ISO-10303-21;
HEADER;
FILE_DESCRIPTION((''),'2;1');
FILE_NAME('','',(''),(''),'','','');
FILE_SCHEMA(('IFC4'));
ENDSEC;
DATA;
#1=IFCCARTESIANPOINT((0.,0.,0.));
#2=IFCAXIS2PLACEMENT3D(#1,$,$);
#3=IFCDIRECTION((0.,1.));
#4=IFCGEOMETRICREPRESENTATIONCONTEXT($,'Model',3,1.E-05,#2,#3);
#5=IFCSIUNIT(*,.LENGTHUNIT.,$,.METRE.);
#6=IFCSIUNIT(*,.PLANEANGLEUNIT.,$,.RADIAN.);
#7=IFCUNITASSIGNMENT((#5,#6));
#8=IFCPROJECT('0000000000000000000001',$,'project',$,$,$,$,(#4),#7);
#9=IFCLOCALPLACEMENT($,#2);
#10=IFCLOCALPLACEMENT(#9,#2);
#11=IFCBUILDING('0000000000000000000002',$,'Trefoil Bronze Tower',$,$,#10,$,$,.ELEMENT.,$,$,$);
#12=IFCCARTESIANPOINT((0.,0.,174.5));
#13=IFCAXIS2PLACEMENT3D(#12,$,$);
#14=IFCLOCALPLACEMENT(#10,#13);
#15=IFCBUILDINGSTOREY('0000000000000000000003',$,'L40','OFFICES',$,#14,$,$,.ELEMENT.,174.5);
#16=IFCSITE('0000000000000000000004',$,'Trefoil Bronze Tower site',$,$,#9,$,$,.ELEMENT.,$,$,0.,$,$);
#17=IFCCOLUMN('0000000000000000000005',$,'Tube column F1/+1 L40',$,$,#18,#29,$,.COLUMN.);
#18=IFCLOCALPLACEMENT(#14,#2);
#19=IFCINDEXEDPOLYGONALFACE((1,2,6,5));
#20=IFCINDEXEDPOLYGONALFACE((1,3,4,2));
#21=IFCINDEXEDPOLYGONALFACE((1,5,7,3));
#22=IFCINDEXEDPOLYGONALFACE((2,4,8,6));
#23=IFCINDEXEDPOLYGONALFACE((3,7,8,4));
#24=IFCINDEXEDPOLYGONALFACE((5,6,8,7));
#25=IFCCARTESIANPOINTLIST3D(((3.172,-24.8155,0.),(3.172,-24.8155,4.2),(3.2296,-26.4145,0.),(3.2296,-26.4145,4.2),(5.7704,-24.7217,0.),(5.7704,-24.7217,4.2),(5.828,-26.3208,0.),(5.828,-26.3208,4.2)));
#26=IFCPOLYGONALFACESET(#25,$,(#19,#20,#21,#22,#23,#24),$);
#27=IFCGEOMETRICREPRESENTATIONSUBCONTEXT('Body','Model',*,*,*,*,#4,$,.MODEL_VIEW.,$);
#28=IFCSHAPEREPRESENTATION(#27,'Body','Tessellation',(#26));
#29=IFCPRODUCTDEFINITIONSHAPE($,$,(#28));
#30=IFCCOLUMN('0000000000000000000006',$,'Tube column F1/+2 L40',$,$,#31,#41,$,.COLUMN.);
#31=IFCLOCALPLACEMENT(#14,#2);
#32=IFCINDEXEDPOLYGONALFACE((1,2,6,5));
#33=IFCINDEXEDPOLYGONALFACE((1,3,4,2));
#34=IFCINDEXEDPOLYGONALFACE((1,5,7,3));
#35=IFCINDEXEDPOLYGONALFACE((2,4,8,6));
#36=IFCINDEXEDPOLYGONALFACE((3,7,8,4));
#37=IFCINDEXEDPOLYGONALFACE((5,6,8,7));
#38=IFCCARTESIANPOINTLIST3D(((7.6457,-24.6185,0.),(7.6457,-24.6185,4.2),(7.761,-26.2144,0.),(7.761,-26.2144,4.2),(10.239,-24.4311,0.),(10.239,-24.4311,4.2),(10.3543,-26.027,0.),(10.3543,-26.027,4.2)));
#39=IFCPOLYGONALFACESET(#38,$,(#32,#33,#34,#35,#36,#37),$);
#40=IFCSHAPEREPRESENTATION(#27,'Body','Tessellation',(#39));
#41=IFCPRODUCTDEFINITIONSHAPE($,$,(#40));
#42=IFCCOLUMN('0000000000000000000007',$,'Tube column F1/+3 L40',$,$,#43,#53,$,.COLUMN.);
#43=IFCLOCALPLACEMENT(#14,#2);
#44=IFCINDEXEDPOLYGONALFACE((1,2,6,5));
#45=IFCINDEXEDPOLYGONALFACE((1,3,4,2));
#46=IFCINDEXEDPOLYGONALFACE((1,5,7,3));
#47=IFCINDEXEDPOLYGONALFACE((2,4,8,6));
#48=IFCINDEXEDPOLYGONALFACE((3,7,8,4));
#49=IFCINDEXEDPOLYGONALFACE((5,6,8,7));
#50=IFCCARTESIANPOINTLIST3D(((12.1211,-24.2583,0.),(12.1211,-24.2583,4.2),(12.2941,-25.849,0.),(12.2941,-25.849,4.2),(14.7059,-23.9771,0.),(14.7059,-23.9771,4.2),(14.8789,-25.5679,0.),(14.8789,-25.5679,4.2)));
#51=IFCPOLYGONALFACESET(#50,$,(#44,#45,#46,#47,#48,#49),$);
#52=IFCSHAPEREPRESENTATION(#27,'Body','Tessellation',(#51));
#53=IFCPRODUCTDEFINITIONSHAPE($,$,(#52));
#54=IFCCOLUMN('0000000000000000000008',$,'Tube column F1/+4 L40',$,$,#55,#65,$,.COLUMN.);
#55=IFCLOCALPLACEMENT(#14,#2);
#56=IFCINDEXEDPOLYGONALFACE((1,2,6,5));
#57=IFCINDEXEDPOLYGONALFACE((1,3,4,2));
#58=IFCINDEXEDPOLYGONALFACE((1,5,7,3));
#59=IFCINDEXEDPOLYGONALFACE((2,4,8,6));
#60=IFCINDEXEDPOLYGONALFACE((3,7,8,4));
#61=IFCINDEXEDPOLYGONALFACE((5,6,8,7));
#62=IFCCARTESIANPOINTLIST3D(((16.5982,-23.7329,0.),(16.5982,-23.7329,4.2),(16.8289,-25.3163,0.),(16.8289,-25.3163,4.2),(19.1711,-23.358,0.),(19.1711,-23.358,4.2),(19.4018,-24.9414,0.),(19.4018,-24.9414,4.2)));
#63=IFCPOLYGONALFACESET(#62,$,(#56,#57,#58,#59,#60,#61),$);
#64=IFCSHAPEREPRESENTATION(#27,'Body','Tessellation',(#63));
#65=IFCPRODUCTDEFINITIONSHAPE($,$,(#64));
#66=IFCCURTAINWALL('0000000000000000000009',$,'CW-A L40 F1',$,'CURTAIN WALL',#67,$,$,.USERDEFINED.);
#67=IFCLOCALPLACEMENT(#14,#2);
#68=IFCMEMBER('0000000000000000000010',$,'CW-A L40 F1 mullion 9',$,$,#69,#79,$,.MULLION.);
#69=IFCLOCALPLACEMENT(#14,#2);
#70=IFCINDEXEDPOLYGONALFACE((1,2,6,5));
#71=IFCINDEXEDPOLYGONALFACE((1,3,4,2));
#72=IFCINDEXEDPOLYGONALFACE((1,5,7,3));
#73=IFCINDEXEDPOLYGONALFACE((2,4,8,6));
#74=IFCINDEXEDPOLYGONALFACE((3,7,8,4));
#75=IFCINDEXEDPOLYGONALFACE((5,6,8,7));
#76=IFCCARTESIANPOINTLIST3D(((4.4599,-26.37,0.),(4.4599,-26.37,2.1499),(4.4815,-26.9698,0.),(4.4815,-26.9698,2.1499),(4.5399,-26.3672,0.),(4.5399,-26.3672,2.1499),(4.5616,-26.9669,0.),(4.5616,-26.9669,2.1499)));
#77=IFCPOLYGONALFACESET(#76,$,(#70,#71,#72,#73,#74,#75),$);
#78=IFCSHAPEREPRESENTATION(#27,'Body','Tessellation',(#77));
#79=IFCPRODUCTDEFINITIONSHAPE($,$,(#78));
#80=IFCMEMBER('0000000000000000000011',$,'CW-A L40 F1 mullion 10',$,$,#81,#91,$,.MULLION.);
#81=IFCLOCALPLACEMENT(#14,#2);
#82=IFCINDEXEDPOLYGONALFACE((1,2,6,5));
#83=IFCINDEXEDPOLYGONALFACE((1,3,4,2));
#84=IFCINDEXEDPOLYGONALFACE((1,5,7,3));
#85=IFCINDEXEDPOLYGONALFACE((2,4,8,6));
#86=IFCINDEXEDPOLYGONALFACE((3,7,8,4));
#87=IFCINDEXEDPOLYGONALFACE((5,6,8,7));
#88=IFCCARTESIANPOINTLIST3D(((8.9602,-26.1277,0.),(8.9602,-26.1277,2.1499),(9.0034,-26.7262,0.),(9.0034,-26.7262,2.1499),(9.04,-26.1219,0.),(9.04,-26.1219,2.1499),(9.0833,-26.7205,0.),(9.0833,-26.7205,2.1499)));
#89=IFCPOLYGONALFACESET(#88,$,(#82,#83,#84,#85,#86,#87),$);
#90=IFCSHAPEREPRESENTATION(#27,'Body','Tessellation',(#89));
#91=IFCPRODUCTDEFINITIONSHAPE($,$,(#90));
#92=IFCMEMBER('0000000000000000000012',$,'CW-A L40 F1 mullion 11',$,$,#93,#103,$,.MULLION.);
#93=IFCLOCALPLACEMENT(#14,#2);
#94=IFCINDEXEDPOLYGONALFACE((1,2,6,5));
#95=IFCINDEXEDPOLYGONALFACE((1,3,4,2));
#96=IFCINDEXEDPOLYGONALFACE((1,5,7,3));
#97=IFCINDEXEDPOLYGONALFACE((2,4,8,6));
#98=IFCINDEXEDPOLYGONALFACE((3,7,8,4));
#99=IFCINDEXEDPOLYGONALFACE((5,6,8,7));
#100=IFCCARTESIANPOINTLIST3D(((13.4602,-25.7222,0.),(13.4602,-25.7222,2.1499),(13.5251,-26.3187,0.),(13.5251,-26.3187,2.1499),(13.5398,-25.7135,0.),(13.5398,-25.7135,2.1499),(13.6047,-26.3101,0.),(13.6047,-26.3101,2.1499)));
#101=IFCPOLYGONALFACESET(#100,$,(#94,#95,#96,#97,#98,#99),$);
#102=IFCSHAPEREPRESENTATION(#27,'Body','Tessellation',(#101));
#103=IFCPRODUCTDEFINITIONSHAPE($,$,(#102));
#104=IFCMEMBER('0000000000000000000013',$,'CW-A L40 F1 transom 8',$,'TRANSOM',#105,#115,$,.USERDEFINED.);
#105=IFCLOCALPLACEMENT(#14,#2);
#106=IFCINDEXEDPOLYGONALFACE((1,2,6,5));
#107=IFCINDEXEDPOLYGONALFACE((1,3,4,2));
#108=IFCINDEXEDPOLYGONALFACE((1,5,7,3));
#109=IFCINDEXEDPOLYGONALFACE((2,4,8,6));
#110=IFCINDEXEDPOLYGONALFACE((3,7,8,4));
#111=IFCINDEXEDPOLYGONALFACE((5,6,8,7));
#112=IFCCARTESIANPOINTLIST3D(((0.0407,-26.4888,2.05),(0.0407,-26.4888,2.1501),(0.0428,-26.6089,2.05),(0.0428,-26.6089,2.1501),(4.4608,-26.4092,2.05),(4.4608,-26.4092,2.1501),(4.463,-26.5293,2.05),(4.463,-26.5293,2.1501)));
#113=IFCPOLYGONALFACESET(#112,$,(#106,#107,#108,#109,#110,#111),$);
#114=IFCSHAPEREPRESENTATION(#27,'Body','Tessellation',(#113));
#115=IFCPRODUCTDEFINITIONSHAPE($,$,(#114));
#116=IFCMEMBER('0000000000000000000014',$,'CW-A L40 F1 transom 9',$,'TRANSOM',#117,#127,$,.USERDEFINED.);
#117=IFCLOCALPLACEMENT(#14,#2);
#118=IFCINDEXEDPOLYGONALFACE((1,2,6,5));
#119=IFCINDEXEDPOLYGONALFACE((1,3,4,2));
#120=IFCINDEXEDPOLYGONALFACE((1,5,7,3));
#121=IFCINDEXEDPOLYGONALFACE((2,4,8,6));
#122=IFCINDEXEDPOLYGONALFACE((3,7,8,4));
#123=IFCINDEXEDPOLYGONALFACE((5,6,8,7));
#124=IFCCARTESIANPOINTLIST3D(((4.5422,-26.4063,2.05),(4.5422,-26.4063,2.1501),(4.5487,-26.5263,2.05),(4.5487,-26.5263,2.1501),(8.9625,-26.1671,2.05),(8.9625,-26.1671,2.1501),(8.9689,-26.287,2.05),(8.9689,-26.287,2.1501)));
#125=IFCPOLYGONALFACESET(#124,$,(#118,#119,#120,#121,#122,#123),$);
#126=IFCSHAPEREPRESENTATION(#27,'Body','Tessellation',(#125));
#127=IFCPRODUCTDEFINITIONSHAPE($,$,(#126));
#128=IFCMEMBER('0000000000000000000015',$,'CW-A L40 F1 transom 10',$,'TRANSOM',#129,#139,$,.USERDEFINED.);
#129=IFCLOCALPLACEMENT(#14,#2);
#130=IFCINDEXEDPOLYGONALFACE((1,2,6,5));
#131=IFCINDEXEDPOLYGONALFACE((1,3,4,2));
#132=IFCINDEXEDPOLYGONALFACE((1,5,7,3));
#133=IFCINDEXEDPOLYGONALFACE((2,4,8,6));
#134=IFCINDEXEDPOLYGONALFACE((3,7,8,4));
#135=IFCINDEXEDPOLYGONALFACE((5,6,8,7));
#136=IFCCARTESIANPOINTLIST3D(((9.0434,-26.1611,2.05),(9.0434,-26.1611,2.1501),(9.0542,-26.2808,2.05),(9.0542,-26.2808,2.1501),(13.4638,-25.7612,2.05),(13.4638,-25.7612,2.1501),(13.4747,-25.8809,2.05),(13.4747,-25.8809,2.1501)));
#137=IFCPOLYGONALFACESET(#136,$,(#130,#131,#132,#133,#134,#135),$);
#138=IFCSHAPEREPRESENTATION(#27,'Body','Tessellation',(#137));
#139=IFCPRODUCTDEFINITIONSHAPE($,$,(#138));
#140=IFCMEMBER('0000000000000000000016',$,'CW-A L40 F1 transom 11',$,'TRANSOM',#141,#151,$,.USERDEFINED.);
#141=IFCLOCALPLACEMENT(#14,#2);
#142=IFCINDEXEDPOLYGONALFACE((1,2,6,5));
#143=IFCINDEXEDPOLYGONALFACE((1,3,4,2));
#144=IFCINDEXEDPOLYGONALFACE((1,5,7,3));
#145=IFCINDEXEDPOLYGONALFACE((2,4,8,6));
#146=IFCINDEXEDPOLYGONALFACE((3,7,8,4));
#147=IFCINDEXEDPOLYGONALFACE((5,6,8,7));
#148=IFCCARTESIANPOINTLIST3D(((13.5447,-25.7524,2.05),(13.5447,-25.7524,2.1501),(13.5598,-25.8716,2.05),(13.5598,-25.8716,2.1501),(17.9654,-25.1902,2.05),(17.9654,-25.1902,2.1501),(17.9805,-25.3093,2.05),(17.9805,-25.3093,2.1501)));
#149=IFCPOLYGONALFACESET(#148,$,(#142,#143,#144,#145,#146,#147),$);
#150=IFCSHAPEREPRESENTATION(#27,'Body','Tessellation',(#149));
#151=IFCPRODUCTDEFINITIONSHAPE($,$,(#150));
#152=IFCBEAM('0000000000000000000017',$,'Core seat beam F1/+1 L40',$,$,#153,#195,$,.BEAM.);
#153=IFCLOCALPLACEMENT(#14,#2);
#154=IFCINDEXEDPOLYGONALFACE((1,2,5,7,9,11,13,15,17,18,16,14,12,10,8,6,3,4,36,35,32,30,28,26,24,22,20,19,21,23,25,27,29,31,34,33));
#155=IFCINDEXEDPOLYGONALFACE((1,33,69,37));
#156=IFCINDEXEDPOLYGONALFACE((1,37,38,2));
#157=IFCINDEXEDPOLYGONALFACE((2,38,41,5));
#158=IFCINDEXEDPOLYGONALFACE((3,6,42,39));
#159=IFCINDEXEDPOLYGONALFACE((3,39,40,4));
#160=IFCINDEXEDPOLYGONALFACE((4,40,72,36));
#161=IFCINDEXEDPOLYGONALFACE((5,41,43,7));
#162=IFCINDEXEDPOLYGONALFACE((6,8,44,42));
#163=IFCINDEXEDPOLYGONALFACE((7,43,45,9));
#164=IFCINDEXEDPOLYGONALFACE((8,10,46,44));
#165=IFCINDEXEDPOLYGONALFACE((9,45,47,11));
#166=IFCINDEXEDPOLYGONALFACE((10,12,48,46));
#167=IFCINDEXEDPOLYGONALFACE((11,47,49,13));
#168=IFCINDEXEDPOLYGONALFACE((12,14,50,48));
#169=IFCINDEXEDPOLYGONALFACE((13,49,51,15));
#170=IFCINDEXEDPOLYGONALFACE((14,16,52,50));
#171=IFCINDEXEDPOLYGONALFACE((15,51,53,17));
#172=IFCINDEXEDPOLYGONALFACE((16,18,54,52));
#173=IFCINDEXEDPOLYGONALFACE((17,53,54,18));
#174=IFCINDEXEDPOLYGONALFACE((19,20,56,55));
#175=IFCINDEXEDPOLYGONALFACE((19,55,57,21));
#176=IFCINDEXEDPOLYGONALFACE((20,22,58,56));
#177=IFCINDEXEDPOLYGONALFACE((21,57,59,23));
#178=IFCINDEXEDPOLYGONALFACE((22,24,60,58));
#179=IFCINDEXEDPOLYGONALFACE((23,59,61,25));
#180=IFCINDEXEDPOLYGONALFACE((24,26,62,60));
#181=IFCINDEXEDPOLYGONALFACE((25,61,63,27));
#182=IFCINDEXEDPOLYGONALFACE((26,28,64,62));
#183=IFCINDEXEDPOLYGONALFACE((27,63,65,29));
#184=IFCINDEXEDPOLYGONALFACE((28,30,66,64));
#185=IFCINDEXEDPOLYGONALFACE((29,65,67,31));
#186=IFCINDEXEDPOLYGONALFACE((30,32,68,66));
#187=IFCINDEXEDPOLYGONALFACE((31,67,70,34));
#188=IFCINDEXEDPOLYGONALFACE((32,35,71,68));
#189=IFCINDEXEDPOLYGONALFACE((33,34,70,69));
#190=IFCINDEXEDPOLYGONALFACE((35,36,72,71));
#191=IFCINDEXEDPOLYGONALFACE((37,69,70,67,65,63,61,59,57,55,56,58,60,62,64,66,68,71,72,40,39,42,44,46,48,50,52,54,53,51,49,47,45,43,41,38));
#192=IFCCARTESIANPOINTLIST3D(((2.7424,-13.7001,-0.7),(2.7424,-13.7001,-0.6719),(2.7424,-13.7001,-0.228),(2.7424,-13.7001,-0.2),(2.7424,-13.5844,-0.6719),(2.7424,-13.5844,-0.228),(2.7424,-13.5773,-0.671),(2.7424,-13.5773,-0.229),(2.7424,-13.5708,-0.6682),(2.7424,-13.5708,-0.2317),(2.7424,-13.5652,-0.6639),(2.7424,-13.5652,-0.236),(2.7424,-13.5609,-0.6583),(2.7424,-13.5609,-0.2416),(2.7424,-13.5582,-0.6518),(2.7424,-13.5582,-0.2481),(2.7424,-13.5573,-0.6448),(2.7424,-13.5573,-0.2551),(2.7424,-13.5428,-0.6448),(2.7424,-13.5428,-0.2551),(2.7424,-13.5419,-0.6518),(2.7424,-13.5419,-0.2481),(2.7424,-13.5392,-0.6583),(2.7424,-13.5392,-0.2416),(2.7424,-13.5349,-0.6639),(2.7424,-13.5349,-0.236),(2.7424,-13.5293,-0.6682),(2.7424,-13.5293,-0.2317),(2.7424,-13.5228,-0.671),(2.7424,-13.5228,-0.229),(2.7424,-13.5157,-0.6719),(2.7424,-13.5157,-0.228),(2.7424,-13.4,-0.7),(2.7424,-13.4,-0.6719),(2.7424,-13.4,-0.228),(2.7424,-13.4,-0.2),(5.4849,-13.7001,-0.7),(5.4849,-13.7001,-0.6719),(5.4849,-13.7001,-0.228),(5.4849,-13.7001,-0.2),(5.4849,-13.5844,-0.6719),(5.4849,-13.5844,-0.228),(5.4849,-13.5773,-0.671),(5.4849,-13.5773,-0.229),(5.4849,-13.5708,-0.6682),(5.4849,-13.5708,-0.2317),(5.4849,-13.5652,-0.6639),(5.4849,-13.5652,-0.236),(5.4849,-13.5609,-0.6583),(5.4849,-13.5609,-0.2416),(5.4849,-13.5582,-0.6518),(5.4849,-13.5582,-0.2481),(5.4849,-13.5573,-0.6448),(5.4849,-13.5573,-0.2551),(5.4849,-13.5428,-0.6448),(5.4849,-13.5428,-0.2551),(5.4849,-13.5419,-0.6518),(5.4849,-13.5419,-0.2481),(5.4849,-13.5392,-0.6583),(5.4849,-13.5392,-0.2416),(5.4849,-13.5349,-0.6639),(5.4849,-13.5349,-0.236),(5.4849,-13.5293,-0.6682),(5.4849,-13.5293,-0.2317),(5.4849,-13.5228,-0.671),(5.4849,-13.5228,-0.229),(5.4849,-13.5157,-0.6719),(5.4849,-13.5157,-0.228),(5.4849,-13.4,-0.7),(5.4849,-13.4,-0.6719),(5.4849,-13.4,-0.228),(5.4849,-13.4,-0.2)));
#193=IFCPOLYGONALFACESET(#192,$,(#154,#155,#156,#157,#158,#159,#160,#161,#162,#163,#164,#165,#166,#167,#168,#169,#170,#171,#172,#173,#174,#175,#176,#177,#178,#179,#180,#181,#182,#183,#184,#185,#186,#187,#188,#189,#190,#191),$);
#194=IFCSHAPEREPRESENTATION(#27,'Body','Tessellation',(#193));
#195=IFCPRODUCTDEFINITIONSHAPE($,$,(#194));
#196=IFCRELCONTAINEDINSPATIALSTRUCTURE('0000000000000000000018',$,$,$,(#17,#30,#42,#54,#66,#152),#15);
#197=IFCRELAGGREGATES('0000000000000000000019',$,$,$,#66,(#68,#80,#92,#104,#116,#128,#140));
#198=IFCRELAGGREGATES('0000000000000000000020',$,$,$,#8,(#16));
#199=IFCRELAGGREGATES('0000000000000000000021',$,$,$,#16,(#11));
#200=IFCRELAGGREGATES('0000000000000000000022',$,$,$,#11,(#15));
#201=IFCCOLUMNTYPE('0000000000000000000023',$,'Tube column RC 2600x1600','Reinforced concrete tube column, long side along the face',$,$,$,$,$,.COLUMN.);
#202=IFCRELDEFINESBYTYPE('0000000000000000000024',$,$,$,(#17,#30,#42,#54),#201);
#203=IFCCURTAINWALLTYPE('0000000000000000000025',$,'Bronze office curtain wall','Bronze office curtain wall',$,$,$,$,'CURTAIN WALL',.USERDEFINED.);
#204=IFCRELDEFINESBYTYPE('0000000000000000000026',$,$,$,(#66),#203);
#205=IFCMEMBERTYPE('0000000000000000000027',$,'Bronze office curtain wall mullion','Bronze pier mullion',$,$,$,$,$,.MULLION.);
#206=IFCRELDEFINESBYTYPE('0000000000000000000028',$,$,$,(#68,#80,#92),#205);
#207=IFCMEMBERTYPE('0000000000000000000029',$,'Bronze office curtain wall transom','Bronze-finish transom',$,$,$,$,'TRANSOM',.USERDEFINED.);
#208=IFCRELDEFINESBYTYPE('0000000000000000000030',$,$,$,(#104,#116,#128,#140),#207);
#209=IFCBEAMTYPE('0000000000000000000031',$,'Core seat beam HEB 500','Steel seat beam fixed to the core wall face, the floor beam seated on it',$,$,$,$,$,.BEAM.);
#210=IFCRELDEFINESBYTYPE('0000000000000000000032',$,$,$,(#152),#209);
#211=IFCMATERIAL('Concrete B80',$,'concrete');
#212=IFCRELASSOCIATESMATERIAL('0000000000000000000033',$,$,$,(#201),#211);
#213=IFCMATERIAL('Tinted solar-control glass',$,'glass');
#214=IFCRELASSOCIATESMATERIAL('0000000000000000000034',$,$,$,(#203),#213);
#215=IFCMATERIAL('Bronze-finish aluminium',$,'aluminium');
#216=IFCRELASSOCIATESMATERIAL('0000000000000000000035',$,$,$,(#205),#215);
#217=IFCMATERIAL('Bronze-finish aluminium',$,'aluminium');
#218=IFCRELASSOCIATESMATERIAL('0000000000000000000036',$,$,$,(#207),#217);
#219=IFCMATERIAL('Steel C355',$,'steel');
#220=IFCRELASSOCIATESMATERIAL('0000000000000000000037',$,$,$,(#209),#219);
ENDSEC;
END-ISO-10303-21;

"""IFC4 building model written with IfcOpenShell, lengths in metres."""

from ifc_helpers import new_model, si_unit, direction, frame, origin, origin_2d, place, context, subcontext, project, spatial, rectangle, i_section, extrude, material, material_profile, profile_set, type_object, element, aggregate, save


model = new_model("IFC4")

# Units and contexts
model_context = context("Model", 3, precision=1e-05, world=origin(), true_north=direction((0.0, 1.0)))
body_context = subcontext(model_context, "Body", "Model", "MODEL_VIEW")
ifc_project = project(units=[si_unit("LENGTHUNIT", "METRE"), si_unit("PLANEANGLEUNIT", "RADIAN")], contexts=[model_context])

# Site, building, storey
site_placement = place(None, origin())
site = spatial("IfcSite", under=ifc_project, at=site_placement, Name="Trefoil Bronze Tower site", CompositionType="ELEMENT", RefElevation=0.0)
building_placement = place(site_placement, origin())
building = spatial("IfcBuilding", under=site, at=building_placement, Name="Trefoil Bronze Tower", CompositionType="ELEMENT")
storey_placement = place(building_placement, frame((0.0, 0.0, 174.5)))
storey = spatial("IfcBuildingStorey", under=building, at=storey_placement, Name="L40", Description="OFFICES", CompositionType="ELEMENT", Elevation=174.5)

# Columns
ifc_material_1 = material(Name="Concrete B80", Category="concrete")
ifc_material_profile_1 = material_profile(ifc_material_1, rectangle(XDim=2.6001, YDim=1.6001, at=origin_2d()), Name="RC 2600x1600")
ifc_profile_set_1 = profile_set([ifc_material_profile_1], Name="Concrete B80")
column_type = type_object("IfcColumnType", Name="Tube column RC 2600x1600", Description="Reinforced concrete tube column, long side along the face", PredefinedType="COLUMN", material=ifc_profile_set_1)
for number, where, z_axis, x_axis, name in (
    (1, (4.5, -25.5681, 0.0), (0.0, 0.0, 1.0), (0.99935, 0.036048, 0.0), "Tube column F1/+1 L40"),
    (2, (9.0, -25.3228, 0.0), (0.0, 0.0, 1.0), (0.997398, 0.072096, 0.0), "Tube column F1/+2 L40"),
    (3, (13.5, -24.9131, 0.0), (0.0, 0.0, 1.0), (0.994135, 0.108144, 0.0), "Tube column F1/+3 L40"),
    (4, (18.0, -24.3372, 0.0), (0.0, 0.0, 1.0), (0.98955, 0.144192, 0.0), "Tube column F1/+4 L40"),
):
    element("IfcColumn", number, at=place(storey_placement, frame(where, z_axis=z_axis, x_axis=x_axis)), inside=storey, type_object=column_type, Name=name, PredefinedType="COLUMN", context=body_context, shape_type="SweptSolid", body=[
        extrude(rectangle(XDim=2.6001, YDim=1.6001, at=origin_2d()), origin(), (0.0, 0.0, 1.0), 4.2),
    ])

# Curtain wall, members
ifc_material_2 = material(Name="Tinted solar-control glass", Category="glass")
curtain_wall_type = type_object("IfcCurtainWallType", Name="Bronze office curtain wall", Description="Bronze office curtain wall", ElementType="CURTAIN WALL", PredefinedType="USERDEFINED", material=ifc_material_2)
curtain_wall_placement = place(storey_placement, origin())
curtain_wall = element("IfcCurtainWall", 5, at=curtain_wall_placement, inside=storey, type_object=curtain_wall_type, Name="CW-A L40 F1", ObjectType="CURTAIN WALL", PredefinedType="USERDEFINED")
ifc_material_3 = material(Name="Bronze-finish aluminium", Category="aluminium")
ifc_material_profile_2 = material_profile(ifc_material_3, rectangle(XDim=0.6001, YDim=0.0801, at=origin_2d()), Name="CW-A mullion")
ifc_profile_set_2 = profile_set([ifc_material_profile_2], Name="Bronze-finish aluminium")
member_type_1 = type_object("IfcMemberType", Name="Bronze office curtain wall mullion", Description="Bronze pier mullion", PredefinedType="MULLION", material=ifc_profile_set_2)
member_1_placement = place(storey_placement, frame((4.5107, -26.6685, 0.0), z_axis=(0.0, 0.0, 1.0), x_axis=(-0.036048, 0.99935, 0.0)))
member_1 = element("IfcMember", 6, at=member_1_placement, type_object=member_type_1, Name="CW-A L40 F1 mullion 9", PredefinedType="MULLION", context=body_context, shape_type="SweptSolid", body=[
    extrude(rectangle(XDim=0.6001, YDim=0.0801, at=origin_2d()), origin(), (0.0, 0.0, 1.0), 2.1499),
])
member_2_placement = place(storey_placement, frame((9.0217, -26.4241, 0.0), z_axis=(0.0, 0.0, 1.0), x_axis=(-0.072096, 0.997398, 0.0)))
member_2 = element("IfcMember", 7, at=member_2_placement, type_object=member_type_1, Name="CW-A L40 F1 mullion 10", PredefinedType="MULLION", context=body_context, shape_type="SweptSolid", body=[
    extrude(rectangle(XDim=0.6001, YDim=0.0801, at=origin_2d()), origin(), (0.0, 0.0, 1.0), 2.1499),
])
member_3_placement = place(storey_placement, frame((13.5325, -26.0161, 0.0), z_axis=(0.0, 0.0, 1.0), x_axis=(-0.108144, 0.994135, 0.0)))
member_3 = element("IfcMember", 8, at=member_3_placement, type_object=member_type_1, Name="CW-A L40 F1 mullion 11", PredefinedType="MULLION", context=body_context, shape_type="SweptSolid", body=[
    extrude(rectangle(XDim=0.6001, YDim=0.0801, at=origin_2d()), origin(), (0.0, 0.0, 1.0), 2.1499),
])
ifc_material_4 = material(Name="Bronze-finish aluminium", Category="aluminium")
ifc_material_profile_3 = material_profile(ifc_material_4, rectangle(XDim=0.1201, YDim=0.1001, at=origin_2d()), Name="CW-A transom")
ifc_profile_set_3 = profile_set([ifc_material_profile_3], Name="Bronze-finish aluminium")
member_type_2 = type_object("IfcMemberType", Name="Bronze office curtain wall transom", Description="Bronze-finish transom", ElementType="TRANSOM", PredefinedType="USERDEFINED", material=ifc_profile_set_3)
member_4_placement = place(storey_placement, frame((0.0417, -26.5488, 2.1001), z_axis=(0.999838, 0.018003, 0.0), x_axis=(-0.018003, 0.999838, 0.0)))
member_4 = element("IfcMember", 9, at=member_4_placement, type_object=member_type_2, Name="CW-A L40 F1 transom 8", ObjectType="TRANSOM", PredefinedType="USERDEFINED", context=body_context, shape_type="SweptSolid", body=[
    extrude(rectangle(XDim=0.1201, YDim=0.1001, at=origin_2d()), origin(), (0.0, 0.0, 1.0), 4.4209),
])
member_5_placement = place(storey_placement, frame((4.5454, -26.4663, 2.1001), z_axis=(0.998538, 0.05405, 0.0), x_axis=(-0.05405, 0.998538, 0.0)))
member_5 = element("IfcMember", 10, at=member_5_placement, type_object=member_type_2, Name="CW-A L40 F1 transom 9", ObjectType="TRANSOM", PredefinedType="USERDEFINED", context=body_context, shape_type="SweptSolid", body=[
    extrude(rectangle(XDim=0.1201, YDim=0.1001, at=origin_2d()), origin(), (0.0, 0.0, 1.0), 4.4268),
])
member_6_placement = place(storey_placement, frame((9.0488, -26.2209, 2.1001), z_axis=(0.995933, 0.090099, 0.0), x_axis=(-0.090099, 0.995933, 0.0)))
member_6 = element("IfcMember", 11, at=member_6_placement, type_object=member_type_2, Name="CW-A L40 F1 transom 10", ObjectType="TRANSOM", PredefinedType="USERDEFINED", context=body_context, shape_type="SweptSolid", body=[
    extrude(rectangle(XDim=0.1201, YDim=0.1001, at=origin_2d()), origin(), (0.0, 0.0, 1.0), 4.4385),
])
member_7_placement = place(storey_placement, frame((13.5522, -25.812, 2.1001), z_axis=(0.992008, 0.126172, 0.0), x_axis=(-0.126172, 0.992008, 0.0)))
member_7 = element("IfcMember", 12, at=member_7_placement, type_object=member_type_2, Name="CW-A L40 F1 transom 11", ObjectType="TRANSOM", PredefinedType="USERDEFINED", context=body_context, shape_type="SweptSolid", body=[
    extrude(rectangle(XDim=0.1201, YDim=0.1001, at=origin_2d()), origin(), (0.0, 0.0, 1.0), 4.4563),
])

# Beam
ifc_material_5 = material(Name="Steel C355", Category="steel")
ifc_material_profile_4 = material_profile(ifc_material_5, i_section(OverallWidth=0.3, OverallDepth=0.5, WebThickness=0.0144, FlangeThickness=0.0281, FilletRadius=0.0271, at=origin_2d()), Name="HEB 500")
ifc_profile_set_4 = profile_set([ifc_material_profile_4], Name="Steel C355")
beam_type_1 = type_object("IfcBeamType", Name="Core seat beam HEB 500", Description="Steel seat beam fixed to the core wall face, the floor beam seated on it", PredefinedType="BEAM", material=ifc_profile_set_4)
for number, where, z_axis, x_axis, name in (
    (13, (2.7424, -13.55, -0.45), (1.0, 0.0, 0.0), (0.0, 1.0, 0.0), "Core seat beam F1/+1 L40"),
):
    element("IfcBeam", number, at=place(storey_placement, frame(where, z_axis=z_axis, x_axis=x_axis)), inside=storey, type_object=beam_type_1, Name=name, PredefinedType="BEAM", context=body_context, shape_type="SweptSolid", body=[
        extrude(i_section(OverallWidth=0.3, OverallDepth=0.5, WebThickness=0.0144, FlangeThickness=0.0281, FilletRadius=0.0271, at=origin_2d()), origin(), (0.0, 0.0, 1.0), 2.7424),
    ])

aggregate(curtain_wall, [member_1, member_2, member_3, member_4, member_5, member_6, member_7])

save(model, "model.ifc")
